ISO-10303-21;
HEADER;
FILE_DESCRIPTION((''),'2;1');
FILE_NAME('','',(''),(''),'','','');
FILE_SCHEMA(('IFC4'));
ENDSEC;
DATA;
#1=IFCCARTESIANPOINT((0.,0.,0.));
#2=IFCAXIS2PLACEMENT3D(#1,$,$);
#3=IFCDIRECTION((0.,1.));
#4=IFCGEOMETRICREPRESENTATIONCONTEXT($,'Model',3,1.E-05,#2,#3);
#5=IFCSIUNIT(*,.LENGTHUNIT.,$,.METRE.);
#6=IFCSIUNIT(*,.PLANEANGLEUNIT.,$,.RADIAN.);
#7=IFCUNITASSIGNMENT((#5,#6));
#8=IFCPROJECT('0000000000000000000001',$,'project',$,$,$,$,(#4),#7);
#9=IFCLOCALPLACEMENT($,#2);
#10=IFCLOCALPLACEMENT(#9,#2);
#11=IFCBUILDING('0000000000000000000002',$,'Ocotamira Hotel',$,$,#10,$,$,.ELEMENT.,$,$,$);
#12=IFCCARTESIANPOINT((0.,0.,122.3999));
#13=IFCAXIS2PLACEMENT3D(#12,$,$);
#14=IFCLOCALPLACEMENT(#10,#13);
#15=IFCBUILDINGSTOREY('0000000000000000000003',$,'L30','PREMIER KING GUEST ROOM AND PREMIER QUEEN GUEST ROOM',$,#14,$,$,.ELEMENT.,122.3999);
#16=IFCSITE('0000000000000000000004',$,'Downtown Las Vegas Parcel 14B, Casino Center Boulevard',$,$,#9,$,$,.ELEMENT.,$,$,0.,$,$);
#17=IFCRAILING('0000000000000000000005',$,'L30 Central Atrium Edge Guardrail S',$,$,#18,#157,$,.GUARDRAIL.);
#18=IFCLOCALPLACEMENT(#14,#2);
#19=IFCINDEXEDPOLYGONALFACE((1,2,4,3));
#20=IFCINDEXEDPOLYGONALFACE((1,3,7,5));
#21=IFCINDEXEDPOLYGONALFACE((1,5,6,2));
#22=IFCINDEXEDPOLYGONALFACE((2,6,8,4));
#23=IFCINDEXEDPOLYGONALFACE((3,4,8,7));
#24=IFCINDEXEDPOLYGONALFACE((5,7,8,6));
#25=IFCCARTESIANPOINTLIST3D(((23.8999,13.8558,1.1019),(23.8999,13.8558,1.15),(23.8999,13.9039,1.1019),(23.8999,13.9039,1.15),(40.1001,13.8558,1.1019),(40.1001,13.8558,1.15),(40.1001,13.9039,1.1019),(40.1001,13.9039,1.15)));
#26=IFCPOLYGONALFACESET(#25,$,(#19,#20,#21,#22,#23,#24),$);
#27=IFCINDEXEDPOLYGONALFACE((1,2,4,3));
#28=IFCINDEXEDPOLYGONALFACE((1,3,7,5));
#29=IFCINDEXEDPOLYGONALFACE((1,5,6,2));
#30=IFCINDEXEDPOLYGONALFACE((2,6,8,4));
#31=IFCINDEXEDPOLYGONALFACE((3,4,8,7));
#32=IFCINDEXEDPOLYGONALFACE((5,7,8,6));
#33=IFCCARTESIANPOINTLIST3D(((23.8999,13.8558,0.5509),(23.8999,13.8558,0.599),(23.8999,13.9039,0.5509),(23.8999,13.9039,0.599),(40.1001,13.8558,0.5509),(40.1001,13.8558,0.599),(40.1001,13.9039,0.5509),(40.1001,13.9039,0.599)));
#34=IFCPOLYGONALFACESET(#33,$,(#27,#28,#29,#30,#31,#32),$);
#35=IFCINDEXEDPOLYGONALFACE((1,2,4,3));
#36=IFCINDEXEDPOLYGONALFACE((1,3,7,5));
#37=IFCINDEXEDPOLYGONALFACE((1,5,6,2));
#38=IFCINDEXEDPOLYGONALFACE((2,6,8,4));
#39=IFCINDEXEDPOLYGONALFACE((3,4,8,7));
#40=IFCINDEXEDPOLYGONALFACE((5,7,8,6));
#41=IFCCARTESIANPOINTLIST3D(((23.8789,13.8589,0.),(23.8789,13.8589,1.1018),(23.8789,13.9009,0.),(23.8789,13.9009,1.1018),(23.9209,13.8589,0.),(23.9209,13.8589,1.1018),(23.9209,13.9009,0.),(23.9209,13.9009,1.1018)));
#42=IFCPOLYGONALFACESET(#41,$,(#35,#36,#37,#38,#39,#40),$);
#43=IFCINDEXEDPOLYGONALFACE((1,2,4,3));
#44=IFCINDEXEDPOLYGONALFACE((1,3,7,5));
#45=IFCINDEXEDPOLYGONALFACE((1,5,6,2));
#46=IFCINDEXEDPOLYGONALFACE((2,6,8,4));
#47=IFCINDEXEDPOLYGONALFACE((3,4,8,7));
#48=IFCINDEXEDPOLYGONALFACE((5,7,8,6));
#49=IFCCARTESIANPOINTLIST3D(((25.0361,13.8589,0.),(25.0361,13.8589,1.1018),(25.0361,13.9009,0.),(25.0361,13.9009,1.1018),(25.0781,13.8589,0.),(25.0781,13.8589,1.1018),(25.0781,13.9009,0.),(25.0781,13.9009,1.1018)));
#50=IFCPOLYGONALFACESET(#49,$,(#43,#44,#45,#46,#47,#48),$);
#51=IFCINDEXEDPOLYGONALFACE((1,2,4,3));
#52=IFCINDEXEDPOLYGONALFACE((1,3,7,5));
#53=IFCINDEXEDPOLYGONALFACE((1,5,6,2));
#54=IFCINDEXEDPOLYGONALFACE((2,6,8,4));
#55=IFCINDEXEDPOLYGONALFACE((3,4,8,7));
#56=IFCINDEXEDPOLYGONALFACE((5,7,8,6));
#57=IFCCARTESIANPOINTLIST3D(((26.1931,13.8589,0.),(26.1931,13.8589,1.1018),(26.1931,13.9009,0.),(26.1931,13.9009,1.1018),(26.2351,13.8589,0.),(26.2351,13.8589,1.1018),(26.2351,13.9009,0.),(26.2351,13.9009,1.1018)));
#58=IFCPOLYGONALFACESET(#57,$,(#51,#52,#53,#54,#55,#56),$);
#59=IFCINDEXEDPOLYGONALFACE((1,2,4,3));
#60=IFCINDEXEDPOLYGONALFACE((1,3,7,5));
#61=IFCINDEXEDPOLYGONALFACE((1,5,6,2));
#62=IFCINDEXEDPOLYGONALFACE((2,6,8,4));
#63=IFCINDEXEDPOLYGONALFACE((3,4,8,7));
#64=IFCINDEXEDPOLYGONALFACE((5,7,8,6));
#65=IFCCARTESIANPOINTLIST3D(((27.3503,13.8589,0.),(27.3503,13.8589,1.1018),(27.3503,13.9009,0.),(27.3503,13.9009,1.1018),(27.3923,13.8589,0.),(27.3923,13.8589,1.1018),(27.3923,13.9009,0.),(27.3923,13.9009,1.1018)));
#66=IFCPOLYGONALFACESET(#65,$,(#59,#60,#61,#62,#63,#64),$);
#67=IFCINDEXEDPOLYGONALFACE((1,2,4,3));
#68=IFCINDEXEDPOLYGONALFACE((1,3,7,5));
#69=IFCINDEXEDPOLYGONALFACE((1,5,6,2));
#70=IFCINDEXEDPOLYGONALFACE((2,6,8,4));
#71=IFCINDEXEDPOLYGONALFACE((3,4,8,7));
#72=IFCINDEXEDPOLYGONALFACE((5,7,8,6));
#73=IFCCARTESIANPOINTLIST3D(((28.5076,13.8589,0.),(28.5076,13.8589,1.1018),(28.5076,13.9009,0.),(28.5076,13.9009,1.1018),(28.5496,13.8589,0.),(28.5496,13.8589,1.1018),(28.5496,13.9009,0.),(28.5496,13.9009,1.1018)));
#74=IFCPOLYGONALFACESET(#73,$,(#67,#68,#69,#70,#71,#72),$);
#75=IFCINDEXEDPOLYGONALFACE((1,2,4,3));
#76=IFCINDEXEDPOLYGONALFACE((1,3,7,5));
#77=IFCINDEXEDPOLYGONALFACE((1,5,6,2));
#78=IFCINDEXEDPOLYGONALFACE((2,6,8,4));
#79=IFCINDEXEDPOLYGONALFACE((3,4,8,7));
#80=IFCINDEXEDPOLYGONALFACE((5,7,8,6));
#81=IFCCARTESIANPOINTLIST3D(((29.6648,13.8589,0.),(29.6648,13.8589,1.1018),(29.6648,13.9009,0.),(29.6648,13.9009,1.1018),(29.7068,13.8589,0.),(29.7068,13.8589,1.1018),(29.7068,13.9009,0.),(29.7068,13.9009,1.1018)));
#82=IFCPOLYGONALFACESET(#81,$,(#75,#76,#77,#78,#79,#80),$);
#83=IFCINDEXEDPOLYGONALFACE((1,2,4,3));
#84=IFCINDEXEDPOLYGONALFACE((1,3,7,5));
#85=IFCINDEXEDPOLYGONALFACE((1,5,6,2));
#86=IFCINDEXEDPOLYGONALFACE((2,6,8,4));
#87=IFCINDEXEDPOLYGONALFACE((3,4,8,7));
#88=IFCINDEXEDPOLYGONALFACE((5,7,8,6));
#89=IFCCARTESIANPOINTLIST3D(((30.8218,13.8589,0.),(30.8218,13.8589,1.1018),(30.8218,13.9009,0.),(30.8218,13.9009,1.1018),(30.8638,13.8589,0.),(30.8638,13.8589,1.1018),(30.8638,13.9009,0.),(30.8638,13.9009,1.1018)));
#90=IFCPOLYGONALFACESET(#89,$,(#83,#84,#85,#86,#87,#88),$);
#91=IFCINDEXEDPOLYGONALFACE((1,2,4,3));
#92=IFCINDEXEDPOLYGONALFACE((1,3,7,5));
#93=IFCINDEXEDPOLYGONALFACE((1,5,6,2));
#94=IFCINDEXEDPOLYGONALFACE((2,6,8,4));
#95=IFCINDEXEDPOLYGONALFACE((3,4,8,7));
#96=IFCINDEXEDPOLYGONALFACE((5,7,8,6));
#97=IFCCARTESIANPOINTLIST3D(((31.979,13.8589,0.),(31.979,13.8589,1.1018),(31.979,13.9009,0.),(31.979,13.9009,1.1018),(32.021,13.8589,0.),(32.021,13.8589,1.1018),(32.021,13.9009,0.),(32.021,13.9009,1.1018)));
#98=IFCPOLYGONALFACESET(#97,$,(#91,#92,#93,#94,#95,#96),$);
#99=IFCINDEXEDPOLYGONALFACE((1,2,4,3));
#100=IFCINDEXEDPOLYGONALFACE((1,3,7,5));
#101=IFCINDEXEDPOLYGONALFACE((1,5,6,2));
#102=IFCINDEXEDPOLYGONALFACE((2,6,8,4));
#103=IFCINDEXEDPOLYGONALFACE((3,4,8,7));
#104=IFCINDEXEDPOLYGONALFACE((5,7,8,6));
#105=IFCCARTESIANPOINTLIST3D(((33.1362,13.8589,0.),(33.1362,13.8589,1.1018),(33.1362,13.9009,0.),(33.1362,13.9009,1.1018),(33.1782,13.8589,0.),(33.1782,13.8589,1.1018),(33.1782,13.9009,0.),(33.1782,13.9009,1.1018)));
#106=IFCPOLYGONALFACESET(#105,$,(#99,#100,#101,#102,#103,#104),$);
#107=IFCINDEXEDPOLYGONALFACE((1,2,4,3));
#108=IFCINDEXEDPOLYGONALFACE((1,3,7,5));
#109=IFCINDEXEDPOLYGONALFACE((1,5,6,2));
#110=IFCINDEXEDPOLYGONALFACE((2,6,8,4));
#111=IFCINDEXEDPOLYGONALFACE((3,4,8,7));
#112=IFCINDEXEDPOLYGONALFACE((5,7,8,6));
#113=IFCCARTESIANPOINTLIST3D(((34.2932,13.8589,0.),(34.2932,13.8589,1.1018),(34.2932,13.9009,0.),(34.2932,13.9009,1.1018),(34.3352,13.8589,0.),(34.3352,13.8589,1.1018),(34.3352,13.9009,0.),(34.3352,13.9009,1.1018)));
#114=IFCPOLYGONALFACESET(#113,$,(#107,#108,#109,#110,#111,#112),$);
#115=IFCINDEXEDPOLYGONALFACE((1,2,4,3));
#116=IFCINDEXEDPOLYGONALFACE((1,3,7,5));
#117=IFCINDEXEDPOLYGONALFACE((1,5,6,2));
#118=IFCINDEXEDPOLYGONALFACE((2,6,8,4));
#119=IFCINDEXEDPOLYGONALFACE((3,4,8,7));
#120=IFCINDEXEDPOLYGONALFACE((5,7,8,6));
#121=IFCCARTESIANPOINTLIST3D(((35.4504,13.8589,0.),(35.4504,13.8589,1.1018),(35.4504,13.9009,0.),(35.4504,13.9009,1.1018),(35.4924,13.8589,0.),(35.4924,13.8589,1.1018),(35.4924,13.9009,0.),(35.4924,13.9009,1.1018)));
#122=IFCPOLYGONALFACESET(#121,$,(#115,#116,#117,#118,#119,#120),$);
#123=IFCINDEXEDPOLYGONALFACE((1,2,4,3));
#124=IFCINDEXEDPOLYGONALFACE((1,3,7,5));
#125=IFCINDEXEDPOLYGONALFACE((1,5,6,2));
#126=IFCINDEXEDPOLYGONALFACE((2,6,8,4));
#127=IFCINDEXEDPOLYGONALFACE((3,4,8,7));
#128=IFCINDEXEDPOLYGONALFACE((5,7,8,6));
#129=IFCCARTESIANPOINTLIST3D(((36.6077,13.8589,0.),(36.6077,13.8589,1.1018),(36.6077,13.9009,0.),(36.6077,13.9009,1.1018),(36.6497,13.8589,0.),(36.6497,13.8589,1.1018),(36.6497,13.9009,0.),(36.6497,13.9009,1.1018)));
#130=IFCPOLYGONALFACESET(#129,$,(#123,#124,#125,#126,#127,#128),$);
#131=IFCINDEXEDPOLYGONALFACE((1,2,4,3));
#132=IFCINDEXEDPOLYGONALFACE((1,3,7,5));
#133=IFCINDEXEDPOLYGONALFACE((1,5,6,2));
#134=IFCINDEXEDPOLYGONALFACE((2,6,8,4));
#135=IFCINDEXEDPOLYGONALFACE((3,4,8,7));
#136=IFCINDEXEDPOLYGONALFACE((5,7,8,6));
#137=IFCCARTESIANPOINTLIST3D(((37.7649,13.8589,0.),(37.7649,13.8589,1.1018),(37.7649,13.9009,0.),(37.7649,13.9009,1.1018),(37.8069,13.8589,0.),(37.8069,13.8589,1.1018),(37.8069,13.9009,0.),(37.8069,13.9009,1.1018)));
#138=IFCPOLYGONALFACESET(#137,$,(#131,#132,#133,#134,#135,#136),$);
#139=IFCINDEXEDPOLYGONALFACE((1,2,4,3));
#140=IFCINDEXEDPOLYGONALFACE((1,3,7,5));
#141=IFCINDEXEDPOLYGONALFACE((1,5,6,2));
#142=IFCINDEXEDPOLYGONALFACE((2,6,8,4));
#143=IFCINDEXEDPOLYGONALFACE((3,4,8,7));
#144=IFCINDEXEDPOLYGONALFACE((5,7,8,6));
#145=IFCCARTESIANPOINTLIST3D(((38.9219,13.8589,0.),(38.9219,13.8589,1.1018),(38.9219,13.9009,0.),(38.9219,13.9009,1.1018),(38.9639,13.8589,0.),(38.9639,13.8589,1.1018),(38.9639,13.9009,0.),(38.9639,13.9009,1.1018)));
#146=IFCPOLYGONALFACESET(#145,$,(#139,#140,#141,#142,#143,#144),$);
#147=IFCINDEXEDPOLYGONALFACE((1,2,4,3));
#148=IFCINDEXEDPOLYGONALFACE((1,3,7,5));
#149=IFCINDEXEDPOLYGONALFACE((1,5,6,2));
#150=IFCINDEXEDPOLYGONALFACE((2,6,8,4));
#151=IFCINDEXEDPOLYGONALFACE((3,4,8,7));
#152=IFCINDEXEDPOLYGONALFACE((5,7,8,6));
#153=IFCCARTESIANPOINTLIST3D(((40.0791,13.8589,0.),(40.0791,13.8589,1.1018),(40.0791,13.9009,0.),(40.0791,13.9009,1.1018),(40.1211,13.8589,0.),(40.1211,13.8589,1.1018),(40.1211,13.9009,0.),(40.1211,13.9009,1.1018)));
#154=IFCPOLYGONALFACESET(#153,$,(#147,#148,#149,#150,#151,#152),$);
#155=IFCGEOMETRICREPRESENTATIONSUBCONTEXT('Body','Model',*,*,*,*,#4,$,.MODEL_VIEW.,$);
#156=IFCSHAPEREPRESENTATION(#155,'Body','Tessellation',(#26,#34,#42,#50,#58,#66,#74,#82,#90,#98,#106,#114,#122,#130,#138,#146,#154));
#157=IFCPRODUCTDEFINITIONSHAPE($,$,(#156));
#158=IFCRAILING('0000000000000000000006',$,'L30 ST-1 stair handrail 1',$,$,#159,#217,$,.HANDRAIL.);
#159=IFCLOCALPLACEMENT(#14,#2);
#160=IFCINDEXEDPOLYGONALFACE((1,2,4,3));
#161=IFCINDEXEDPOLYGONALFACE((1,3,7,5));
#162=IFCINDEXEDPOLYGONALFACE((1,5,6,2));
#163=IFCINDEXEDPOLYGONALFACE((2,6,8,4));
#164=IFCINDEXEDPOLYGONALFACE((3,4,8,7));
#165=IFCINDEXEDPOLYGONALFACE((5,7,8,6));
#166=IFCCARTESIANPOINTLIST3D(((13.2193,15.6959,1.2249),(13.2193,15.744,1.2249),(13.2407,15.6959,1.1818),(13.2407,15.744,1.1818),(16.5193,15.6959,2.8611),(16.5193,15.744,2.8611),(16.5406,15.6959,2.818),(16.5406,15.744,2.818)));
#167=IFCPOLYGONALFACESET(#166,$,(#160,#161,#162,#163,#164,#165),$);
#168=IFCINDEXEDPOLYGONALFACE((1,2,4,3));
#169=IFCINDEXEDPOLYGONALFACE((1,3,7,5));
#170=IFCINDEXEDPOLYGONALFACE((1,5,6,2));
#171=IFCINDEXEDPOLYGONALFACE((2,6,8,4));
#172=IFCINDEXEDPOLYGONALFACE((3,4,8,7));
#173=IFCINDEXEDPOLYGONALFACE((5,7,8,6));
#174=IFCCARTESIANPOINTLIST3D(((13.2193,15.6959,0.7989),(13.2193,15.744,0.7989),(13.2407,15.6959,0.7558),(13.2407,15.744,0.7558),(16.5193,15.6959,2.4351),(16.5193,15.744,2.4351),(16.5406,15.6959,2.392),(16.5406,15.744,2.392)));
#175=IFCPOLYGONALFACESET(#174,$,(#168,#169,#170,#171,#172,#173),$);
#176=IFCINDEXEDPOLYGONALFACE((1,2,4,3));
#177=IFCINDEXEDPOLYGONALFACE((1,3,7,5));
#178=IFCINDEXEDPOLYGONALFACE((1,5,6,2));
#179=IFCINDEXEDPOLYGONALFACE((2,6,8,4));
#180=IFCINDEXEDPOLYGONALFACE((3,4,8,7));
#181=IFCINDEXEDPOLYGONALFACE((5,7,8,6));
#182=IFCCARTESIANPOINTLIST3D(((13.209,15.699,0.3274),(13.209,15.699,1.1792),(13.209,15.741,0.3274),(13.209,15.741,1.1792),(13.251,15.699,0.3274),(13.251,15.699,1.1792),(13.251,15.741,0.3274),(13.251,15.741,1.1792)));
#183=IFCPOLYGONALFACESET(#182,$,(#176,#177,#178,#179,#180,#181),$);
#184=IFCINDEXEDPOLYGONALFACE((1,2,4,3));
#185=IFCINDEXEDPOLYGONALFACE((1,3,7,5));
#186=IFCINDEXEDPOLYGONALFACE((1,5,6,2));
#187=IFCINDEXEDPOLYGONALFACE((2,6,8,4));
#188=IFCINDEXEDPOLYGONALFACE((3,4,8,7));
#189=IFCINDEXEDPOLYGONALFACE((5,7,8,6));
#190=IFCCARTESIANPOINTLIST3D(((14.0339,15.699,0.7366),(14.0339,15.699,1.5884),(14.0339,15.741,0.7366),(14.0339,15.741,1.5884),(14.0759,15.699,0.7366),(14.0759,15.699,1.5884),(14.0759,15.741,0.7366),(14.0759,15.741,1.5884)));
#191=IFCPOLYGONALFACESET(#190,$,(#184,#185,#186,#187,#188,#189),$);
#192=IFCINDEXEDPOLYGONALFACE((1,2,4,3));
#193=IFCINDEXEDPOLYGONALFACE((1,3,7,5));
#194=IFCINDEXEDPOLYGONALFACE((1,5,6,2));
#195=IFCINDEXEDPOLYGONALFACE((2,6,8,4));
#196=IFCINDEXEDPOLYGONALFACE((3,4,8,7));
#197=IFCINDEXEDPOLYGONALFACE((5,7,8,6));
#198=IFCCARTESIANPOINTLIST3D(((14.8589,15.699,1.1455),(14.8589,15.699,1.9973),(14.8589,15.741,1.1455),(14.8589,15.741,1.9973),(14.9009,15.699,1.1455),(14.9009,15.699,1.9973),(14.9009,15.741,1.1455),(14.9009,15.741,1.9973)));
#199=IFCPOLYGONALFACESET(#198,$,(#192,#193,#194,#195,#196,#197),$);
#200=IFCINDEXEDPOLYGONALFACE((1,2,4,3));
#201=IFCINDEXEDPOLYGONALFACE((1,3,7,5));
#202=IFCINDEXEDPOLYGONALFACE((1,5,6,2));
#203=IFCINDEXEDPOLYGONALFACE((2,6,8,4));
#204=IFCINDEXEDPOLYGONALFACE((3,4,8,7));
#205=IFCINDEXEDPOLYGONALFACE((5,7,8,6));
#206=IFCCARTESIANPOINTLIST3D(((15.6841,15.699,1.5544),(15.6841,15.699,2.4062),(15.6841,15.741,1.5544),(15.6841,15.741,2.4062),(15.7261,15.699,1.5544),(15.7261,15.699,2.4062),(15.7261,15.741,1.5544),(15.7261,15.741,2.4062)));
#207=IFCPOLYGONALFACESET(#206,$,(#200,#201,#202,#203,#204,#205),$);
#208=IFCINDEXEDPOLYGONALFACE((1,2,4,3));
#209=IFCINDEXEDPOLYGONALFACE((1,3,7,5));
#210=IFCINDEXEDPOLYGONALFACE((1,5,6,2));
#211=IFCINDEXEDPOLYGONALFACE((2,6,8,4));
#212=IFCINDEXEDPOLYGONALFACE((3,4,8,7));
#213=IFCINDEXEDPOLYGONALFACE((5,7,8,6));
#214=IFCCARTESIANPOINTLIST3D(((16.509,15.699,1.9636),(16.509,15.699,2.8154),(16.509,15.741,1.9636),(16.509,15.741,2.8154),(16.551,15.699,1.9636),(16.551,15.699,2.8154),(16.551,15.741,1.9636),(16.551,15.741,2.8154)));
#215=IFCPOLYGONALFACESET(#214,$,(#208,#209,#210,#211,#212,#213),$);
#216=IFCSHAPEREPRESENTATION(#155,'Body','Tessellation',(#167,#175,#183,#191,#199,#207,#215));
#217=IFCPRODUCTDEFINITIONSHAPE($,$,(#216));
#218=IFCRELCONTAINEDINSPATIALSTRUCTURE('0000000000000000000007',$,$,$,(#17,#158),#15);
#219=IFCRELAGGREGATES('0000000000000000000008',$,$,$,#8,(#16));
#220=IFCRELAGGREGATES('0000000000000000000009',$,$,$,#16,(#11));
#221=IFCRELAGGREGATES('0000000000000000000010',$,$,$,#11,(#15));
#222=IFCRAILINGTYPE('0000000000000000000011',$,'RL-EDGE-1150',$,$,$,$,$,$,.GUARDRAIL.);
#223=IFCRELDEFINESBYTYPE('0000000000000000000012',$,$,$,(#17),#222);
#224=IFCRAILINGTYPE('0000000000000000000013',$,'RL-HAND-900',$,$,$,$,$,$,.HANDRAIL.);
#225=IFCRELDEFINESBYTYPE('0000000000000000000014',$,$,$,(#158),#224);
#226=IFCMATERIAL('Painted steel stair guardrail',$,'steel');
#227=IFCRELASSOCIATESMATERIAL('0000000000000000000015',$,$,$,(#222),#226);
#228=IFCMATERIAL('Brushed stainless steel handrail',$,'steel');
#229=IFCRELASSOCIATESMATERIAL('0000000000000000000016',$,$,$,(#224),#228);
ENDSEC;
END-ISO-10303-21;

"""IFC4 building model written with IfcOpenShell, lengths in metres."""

from ifc_helpers import new_model, si_unit, direction, frame, origin, origin_2d, place, context, subcontext, project, spatial, rectangle, extrude, material, type_object, element, save


model = new_model("IFC4")

# Units and contexts
model_context = context("Model", 3, precision=1e-05, world=origin(), true_north=direction((0.0, 1.0)))
body_context = subcontext(model_context, "Body", "Model", "MODEL_VIEW")
ifc_project = project(units=[si_unit("LENGTHUNIT", "METRE"), si_unit("PLANEANGLEUNIT", "RADIAN")], contexts=[model_context])

# Site, building, storey
site_placement = place(None, origin())
site = spatial("IfcSite", under=ifc_project, at=site_placement, Name="Downtown Las Vegas Parcel 14B, Casino Center Boulevard", CompositionType="ELEMENT", RefElevation=0.0)
building_placement = place(site_placement, origin())
building = spatial("IfcBuilding", under=site, at=building_placement, Name="Ocotamira Hotel", CompositionType="ELEMENT")
storey_placement = place(building_placement, frame((0.0, 0.0, 122.3999)))
storey = spatial("IfcBuildingStorey", under=building, at=storey_placement, Name="L30", Description="PREMIER KING GUEST ROOM AND PREMIER QUEEN GUEST ROOM", CompositionType="ELEMENT", Elevation=122.3999)

# Railings
ifc_material_1 = material(Name="Painted steel stair guardrail", Category="steel")
railing_type_1 = type_object("IfcRailingType", Name="RL-EDGE-1150", PredefinedType="GUARDRAIL", material=ifc_material_1)
railing_1_placement = place(storey_placement, frame((23.8999, 13.8799, 0.0)))
element("IfcRailing", 1, at=railing_1_placement, inside=storey, type_object=railing_type_1, Name="L30 Central Atrium Edge Guardrail S", PredefinedType="GUARDRAIL", context=body_context, shape_type="SweptSolid", body=[
    extrude(rectangle(XDim=0.0481, YDim=0.0481, at=origin_2d()), frame((0.0, 0.0, 1.126), z_axis=(1.0, 0.0, 0.0), x_axis=(0.0, 1.0, 0.0)), (0.0, 0.0, 1.0), 16.2002),
    extrude(rectangle(XDim=0.0481, YDim=0.0481, at=origin_2d()), frame((0.0, 0.0, 0.575), z_axis=(1.0, 0.0, 0.0), x_axis=(0.0, 1.0, 0.0)), (0.0, 0.0, 1.0), 16.2002),
    extrude(rectangle(XDim=0.042, YDim=0.042, at=origin_2d()), origin(), (0.0, 0.0, 1.0), 1.1018),
    extrude(rectangle(XDim=0.042, YDim=0.042, at=origin_2d()), frame((1.1572, 0.0, 0.0)), (0.0, 0.0, 1.0), 1.1018),
    extrude(rectangle(XDim=0.042, YDim=0.042, at=origin_2d()), frame((2.3142, 0.0, 0.0)), (0.0, 0.0, 1.0), 1.1018),
    extrude(rectangle(XDim=0.042, YDim=0.042, at=origin_2d()), frame((3.4714, 0.0, 0.0)), (0.0, 0.0, 1.0), 1.1018),
    extrude(rectangle(XDim=0.042, YDim=0.042, at=origin_2d()), frame((4.6287, 0.0, 0.0)), (0.0, 0.0, 1.0), 1.1018),
    extrude(rectangle(XDim=0.042, YDim=0.042, at=origin_2d()), frame((5.7859, 0.0, 0.0)), (0.0, 0.0, 1.0), 1.1018),
    extrude(rectangle(XDim=0.042, YDim=0.042, at=origin_2d()), frame((6.9429, 0.0, 0.0)), (0.0, 0.0, 1.0), 1.1018),
    extrude(rectangle(XDim=0.042, YDim=0.042, at=origin_2d()), frame((8.1001, 0.0, 0.0)), (0.0, 0.0, 1.0), 1.1018),
    extrude(rectangle(XDim=0.042, YDim=0.042, at=origin_2d()), frame((9.2573, 0.0, 0.0)), (0.0, 0.0, 1.0), 1.1018),
    extrude(rectangle(XDim=0.042, YDim=0.042, at=origin_2d()), frame((10.4143, 0.0, 0.0)), (0.0, 0.0, 1.0), 1.1018),
    extrude(rectangle(XDim=0.042, YDim=0.042, at=origin_2d()), frame((11.5715, 0.0, 0.0)), (0.0, 0.0, 1.0), 1.1018),
    extrude(rectangle(XDim=0.042, YDim=0.042, at=origin_2d()), frame((12.7288, 0.0, 0.0)), (0.0, 0.0, 1.0), 1.1018),
    extrude(rectangle(XDim=0.042, YDim=0.042, at=origin_2d()), frame((13.886, 0.0, 0.0)), (0.0, 0.0, 1.0), 1.1018),
    extrude(rectangle(XDim=0.042, YDim=0.042, at=origin_2d()), frame((15.043, 0.0, 0.0)), (0.0, 0.0, 1.0), 1.1018),
    extrude(rectangle(XDim=0.042, YDim=0.042, at=origin_2d()), frame((16.2002, 0.0, 0.0)), (0.0, 0.0, 1.0), 1.1018),
])
ifc_material_2 = material(Name="Brushed stainless steel handrail", Category="steel")
railing_type_2 = type_object("IfcRailingType", Name="RL-HAND-900", PredefinedType="HANDRAIL", material=ifc_material_2)
railing_2_placement = place(storey_placement, frame((13.23, 15.72, 0.3274)))
element("IfcRailing", 2, at=railing_2_placement, inside=storey, type_object=railing_type_2, Name="L30 ST-1 stair handrail 1", PredefinedType="HANDRAIL", context=body_context, shape_type="SweptSolid", body=[
    extrude(rectangle(XDim=0.0481, YDim=0.0481, at=origin_2d()), frame((0.0, 0.0, 0.876), z_axis=(0.89592, 0.0, 0.444215), x_axis=(0.0, 1.0, 0.0)), (0.0, 0.0, 1.0), 3.6833),
    extrude(rectangle(XDim=0.0481, YDim=0.0481, at=origin_2d()), frame((0.0, 0.0, 0.45), z_axis=(0.89592, 0.0, 0.444215), x_axis=(0.0, 1.0, 0.0)), (0.0, 0.0, 1.0), 3.6833),
    extrude(rectangle(XDim=0.042, YDim=0.042, at=origin_2d()), origin(), (0.0, 0.0, 1.0), 0.8518),
    extrude(rectangle(XDim=0.042, YDim=0.042, at=origin_2d()), frame((0.825, 0.0, 0.4092)), (0.0, 0.0, 1.0), 0.8518),
    extrude(rectangle(XDim=0.042, YDim=0.042, at=origin_2d()), frame((1.6499, 0.0, 0.8181)), (0.0, 0.0, 1.0), 0.8518),
    extrude(rectangle(XDim=0.042, YDim=0.042, at=origin_2d()), frame((2.4751, 0.0, 1.2271)), (0.0, 0.0, 1.0), 0.8518),
    extrude(rectangle(XDim=0.042, YDim=0.042, at=origin_2d()), frame((3.3, 0.0, 1.6362)), (0.0, 0.0, 1.0), 0.8518),
])

save(model, "model.ifc")
